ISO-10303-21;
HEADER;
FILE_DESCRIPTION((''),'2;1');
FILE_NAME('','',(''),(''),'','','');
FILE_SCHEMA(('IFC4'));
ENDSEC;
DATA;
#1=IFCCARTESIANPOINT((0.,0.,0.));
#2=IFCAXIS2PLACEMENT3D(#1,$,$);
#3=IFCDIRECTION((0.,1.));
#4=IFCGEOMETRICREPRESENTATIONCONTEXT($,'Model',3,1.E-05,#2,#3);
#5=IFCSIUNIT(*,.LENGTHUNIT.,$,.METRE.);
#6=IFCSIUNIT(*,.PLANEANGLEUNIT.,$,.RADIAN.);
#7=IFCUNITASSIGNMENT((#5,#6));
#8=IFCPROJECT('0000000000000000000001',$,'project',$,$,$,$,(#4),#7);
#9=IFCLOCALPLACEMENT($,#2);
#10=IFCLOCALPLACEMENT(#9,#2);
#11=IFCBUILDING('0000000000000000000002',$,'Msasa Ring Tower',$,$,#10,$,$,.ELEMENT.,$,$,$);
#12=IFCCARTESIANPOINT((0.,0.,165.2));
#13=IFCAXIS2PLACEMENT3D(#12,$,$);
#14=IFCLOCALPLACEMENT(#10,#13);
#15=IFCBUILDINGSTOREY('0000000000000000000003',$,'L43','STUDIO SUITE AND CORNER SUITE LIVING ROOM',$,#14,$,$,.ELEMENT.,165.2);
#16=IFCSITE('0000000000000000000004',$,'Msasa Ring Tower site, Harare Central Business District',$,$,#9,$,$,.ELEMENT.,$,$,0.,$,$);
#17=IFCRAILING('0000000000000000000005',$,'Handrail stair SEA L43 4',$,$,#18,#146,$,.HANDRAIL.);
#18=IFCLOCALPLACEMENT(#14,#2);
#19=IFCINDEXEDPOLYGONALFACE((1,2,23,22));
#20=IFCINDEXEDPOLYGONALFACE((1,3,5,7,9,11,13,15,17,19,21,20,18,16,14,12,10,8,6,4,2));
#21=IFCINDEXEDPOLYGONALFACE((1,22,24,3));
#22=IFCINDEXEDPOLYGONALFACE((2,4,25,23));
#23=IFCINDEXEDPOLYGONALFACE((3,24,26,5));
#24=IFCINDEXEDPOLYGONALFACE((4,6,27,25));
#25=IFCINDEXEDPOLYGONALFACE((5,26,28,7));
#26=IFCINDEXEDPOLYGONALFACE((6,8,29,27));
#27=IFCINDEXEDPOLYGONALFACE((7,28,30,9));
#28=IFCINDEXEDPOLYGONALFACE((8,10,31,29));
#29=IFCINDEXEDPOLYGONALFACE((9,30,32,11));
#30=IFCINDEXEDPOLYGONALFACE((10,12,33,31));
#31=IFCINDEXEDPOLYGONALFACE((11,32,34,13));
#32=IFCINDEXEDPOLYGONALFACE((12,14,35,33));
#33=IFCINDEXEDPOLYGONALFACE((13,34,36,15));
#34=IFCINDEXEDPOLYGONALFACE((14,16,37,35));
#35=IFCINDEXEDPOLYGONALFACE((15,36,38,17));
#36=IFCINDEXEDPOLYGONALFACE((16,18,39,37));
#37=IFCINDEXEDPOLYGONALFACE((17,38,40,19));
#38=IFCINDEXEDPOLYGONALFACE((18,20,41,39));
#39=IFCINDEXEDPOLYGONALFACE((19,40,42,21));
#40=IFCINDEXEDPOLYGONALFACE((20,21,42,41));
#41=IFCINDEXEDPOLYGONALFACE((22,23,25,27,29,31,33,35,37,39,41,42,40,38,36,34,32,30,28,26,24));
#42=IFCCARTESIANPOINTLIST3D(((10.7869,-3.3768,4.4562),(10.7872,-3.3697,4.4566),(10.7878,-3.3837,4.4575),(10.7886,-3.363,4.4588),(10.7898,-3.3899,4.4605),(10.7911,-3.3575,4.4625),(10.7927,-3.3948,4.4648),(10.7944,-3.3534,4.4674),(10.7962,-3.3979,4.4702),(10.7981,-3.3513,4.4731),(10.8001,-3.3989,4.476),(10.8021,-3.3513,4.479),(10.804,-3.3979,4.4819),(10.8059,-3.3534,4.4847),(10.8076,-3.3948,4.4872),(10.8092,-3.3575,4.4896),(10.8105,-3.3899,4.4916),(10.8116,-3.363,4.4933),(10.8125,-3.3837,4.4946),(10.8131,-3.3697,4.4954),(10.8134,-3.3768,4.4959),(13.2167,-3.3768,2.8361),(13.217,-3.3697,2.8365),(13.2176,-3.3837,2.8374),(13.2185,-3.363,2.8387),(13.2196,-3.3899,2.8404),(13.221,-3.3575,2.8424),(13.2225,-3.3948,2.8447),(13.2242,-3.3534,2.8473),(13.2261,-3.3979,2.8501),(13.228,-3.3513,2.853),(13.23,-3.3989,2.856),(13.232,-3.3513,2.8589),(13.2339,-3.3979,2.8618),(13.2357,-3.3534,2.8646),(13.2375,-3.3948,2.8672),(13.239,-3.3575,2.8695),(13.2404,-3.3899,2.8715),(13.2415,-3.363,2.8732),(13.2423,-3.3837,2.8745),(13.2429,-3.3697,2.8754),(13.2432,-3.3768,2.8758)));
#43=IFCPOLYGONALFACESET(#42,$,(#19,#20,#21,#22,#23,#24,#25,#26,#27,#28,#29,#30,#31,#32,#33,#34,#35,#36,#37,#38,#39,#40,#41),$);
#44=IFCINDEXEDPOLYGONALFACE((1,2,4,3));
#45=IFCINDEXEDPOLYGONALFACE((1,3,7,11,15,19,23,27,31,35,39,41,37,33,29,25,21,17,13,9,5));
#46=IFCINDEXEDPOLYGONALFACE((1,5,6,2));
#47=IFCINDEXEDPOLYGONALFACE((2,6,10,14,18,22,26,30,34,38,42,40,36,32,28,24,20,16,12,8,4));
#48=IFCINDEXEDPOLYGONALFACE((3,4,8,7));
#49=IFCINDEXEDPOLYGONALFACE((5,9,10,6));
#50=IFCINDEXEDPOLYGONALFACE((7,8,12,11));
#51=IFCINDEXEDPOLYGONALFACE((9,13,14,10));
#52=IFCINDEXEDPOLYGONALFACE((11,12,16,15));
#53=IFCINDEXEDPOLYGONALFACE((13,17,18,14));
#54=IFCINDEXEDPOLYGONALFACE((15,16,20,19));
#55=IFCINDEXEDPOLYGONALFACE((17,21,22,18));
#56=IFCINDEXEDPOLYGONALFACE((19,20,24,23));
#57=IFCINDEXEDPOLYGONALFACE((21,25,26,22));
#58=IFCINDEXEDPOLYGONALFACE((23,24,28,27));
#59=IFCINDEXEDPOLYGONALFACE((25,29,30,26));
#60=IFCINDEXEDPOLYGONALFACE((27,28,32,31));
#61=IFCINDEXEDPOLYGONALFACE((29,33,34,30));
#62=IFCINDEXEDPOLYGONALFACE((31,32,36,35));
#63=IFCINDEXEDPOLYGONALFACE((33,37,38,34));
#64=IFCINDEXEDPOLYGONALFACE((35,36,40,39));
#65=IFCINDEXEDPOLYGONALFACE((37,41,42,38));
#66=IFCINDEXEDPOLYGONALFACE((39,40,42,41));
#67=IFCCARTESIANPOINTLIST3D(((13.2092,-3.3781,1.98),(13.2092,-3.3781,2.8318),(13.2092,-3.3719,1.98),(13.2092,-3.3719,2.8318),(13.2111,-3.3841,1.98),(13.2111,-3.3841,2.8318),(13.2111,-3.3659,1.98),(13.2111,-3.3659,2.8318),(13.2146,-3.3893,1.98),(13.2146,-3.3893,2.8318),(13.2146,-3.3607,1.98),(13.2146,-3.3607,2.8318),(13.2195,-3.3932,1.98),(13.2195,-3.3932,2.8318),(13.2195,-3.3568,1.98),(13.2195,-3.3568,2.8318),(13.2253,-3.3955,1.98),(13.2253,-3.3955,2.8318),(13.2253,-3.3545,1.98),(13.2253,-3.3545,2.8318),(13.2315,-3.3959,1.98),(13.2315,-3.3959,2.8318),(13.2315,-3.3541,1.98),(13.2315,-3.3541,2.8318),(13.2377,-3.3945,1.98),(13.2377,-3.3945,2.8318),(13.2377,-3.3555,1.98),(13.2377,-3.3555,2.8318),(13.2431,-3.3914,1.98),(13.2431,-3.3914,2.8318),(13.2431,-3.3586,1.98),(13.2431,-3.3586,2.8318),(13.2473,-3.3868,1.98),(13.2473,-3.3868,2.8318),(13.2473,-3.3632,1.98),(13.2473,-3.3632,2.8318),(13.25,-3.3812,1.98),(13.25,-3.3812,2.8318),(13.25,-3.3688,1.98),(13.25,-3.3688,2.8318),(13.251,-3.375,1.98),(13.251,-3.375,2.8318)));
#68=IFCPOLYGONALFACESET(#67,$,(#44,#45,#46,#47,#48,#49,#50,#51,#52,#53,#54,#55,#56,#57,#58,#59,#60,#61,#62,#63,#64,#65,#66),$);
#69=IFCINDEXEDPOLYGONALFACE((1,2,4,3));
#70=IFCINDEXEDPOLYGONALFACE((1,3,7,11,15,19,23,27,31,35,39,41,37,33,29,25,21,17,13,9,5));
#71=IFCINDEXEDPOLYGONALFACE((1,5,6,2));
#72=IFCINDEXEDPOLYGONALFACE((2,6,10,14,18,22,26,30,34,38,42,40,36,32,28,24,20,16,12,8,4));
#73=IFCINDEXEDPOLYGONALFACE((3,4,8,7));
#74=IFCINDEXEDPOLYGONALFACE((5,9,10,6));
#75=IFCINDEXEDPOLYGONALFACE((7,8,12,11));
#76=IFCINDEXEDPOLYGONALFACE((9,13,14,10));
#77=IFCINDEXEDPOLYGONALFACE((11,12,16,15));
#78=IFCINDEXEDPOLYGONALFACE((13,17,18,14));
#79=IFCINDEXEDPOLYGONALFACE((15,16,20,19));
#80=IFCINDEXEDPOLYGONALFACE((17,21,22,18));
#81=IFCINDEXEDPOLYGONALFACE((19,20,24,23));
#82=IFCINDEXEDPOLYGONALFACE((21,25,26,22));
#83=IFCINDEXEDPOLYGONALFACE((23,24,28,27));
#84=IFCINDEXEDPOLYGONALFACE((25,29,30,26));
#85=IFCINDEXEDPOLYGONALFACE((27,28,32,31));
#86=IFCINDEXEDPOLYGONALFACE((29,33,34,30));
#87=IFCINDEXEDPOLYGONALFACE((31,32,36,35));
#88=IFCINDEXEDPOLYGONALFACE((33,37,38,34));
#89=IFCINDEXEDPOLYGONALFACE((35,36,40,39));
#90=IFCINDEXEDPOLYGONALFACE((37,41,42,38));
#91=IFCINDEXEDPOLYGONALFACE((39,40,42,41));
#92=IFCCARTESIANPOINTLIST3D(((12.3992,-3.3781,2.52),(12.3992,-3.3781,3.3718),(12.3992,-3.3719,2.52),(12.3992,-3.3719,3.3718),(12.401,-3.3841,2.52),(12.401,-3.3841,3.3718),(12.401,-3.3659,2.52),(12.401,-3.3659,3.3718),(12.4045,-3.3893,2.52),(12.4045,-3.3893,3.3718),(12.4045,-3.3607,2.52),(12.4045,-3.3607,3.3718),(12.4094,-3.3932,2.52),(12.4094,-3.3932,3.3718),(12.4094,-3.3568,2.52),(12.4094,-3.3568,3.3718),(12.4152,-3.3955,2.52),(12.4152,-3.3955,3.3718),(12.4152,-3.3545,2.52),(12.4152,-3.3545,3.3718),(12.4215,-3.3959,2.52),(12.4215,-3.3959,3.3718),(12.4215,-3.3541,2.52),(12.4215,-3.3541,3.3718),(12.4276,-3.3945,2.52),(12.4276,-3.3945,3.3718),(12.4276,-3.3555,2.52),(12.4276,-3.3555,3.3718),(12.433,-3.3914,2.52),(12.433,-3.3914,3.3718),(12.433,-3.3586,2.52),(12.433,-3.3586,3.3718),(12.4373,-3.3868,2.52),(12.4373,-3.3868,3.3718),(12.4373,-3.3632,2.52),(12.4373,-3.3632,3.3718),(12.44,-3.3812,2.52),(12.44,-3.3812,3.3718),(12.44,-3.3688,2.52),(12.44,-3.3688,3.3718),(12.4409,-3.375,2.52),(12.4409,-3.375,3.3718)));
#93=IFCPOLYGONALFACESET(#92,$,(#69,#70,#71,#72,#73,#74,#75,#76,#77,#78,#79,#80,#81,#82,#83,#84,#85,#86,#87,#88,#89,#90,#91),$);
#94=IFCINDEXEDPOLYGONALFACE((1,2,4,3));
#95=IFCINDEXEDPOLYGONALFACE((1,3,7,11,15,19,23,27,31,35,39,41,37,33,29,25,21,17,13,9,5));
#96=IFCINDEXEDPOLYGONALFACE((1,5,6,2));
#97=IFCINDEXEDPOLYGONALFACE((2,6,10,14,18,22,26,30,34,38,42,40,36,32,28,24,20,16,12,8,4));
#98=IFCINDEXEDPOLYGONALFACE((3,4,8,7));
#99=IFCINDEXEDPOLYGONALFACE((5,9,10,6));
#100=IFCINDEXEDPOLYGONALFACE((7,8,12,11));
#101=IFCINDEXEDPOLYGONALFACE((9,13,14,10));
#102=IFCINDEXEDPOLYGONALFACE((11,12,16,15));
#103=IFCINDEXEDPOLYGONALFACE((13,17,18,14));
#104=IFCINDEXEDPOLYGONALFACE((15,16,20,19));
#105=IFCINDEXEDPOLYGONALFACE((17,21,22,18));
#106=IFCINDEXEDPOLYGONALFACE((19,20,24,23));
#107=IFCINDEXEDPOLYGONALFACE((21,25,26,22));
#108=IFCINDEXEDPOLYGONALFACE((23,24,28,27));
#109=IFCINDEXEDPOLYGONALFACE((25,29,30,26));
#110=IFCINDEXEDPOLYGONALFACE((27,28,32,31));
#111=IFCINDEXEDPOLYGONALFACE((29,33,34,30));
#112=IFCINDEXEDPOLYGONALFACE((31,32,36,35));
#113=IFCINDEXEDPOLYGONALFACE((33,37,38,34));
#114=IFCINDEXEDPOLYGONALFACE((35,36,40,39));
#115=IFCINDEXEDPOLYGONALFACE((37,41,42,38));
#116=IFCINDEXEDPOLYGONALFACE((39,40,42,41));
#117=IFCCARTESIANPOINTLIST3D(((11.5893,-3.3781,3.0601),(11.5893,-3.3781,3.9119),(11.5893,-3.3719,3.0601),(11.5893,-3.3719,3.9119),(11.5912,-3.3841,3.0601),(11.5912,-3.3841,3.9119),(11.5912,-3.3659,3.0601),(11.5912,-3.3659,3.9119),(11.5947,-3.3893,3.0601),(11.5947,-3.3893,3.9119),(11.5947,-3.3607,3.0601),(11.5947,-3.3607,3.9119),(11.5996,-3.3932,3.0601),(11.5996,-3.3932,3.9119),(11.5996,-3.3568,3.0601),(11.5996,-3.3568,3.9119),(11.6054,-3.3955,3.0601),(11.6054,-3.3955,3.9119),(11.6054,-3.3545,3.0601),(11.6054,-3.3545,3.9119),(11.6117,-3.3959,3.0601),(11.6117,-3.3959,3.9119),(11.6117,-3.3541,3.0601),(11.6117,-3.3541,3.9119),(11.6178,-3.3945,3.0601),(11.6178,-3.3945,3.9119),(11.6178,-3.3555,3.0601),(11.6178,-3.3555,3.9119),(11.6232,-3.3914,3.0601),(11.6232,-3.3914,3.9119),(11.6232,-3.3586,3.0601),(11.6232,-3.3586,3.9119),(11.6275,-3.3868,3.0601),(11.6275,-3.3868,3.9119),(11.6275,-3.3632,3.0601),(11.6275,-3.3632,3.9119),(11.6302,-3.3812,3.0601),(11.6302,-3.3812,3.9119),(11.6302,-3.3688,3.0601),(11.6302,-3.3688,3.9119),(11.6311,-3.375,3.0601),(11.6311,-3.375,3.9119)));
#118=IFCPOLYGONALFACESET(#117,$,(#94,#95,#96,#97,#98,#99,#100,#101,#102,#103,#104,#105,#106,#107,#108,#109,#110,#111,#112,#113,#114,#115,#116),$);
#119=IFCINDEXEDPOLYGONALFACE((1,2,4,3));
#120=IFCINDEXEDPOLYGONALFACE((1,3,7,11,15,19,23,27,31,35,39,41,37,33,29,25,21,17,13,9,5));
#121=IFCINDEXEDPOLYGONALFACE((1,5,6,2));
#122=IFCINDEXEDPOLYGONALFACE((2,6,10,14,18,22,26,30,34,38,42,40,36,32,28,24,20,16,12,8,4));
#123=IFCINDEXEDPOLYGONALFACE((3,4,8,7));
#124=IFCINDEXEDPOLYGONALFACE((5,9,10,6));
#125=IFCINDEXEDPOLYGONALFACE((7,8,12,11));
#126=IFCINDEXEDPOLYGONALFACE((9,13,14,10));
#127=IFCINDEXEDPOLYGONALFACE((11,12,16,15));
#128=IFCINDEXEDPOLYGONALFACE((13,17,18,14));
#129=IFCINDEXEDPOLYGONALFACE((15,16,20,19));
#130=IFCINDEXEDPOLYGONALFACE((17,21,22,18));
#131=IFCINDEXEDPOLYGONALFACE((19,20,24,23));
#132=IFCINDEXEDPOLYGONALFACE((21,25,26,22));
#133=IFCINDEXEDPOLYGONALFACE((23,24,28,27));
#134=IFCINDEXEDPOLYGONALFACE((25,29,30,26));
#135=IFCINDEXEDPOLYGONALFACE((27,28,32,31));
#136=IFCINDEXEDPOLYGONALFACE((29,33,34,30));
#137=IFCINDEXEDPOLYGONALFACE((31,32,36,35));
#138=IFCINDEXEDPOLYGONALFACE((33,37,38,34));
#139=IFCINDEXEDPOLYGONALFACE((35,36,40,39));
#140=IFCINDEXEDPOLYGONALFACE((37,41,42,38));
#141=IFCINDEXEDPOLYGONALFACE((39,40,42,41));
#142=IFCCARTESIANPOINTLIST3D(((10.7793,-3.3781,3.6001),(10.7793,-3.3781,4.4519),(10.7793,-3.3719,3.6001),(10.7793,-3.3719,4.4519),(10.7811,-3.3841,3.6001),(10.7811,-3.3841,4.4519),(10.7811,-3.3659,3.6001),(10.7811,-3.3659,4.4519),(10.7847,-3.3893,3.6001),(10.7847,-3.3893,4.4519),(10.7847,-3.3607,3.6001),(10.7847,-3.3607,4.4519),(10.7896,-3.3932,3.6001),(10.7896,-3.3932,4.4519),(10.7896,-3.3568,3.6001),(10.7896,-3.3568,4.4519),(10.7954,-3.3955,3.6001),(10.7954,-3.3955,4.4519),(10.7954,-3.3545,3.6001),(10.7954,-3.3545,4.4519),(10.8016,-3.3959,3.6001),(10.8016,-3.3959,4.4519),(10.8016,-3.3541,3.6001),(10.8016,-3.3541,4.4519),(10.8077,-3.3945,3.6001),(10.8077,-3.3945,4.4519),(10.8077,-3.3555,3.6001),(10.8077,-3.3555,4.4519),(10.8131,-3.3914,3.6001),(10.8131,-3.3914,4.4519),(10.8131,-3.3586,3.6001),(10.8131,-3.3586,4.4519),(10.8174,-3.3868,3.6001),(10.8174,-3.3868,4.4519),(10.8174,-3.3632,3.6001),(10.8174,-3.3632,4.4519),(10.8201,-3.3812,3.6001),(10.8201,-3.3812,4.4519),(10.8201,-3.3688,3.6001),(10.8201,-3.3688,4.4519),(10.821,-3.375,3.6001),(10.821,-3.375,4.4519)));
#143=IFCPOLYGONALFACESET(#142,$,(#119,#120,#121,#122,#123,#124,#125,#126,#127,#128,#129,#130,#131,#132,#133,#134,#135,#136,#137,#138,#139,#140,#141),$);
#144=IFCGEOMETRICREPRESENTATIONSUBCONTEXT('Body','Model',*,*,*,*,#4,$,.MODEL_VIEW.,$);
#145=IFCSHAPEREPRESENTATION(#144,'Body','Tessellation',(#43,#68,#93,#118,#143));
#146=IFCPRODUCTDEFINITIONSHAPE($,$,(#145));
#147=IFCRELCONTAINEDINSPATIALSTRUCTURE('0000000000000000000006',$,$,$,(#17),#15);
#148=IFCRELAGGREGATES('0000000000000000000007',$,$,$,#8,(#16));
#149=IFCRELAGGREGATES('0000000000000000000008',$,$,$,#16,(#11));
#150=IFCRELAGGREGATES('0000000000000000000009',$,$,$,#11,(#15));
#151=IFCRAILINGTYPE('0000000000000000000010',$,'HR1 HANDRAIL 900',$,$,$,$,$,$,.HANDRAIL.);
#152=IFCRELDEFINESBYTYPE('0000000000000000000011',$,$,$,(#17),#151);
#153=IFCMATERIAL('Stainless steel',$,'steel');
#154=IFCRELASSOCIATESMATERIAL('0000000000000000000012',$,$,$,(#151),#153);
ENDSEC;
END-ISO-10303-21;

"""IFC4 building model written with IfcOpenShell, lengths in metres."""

from ifc_helpers import new_model, si_unit, direction, frame, origin, origin_2d, place, context, subcontext, project, spatial, circle, extrude, material, type_object, element, save


model = new_model("IFC4")

# Units and contexts
model_context = context("Model", 3, precision=1e-05, world=origin(), true_north=direction((0.0, 1.0)))
body_context = subcontext(model_context, "Body", "Model", "MODEL_VIEW")
ifc_project = project(units=[si_unit("LENGTHUNIT", "METRE"), si_unit("PLANEANGLEUNIT", "RADIAN")], contexts=[model_context])

# Site, building, storey
site_placement = place(None, origin())
site = spatial("IfcSite", under=ifc_project, at=site_placement, Name="Msasa Ring Tower site, Harare Central Business District", CompositionType="ELEMENT", RefElevation=0.0)
building_placement = place(site_placement, origin())
building = spatial("IfcBuilding", under=site, at=building_placement, Name="Msasa Ring Tower", CompositionType="ELEMENT")
storey_placement = place(building_placement, frame((0.0, 0.0, 165.2)))
storey = spatial("IfcBuildingStorey", under=building, at=storey_placement, Name="L43", Description="STUDIO SUITE AND CORNER SUITE LIVING ROOM", CompositionType="ELEMENT", Elevation=165.2)

# Railing
ifc_material_1 = material(Name="Stainless steel", Category="steel")
railing_type = type_object("IfcRailingType", Name="HR1 HANDRAIL 900", PredefinedType="HANDRAIL", material=ifc_material_1)
for number, where, name in (
    (1, (13.23, -3.375, 1.98), "Handrail stair SEA L43 4"),
):
    element("IfcRailing", number, at=place(storey_placement, frame(where)), inside=storey, type_object=railing_type, Name=name, PredefinedType="HANDRAIL", context=body_context, shape_type="SweptSolid", body=[
        extrude(circle(Radius=0.0239, at=origin_2d()), frame((0.0, 0.0, 0.876), z_axis=(-0.832025, 0.0, 0.554739), x_axis=(0.0, -1.0, 0.0)), (0.0, 0.0, 1.0), 2.9204),
        extrude(circle(Radius=0.021, at=origin_2d()), origin(), (0.0, 0.0, 1.0), 0.8518),
        extrude(circle(Radius=0.021, at=origin_2d()), frame((-0.8101, 0.0, 0.54)), (0.0, 0.0, 1.0), 0.8518),
        extrude(circle(Radius=0.021, at=origin_2d()), frame((-1.6199, 0.0, 1.0801)), (0.0, 0.0, 1.0), 0.8518),
        extrude(circle(Radius=0.021, at=origin_2d()), frame((-2.4299, 0.0, 1.6201)), (0.0, 0.0, 1.0), 0.8518),
    ])

save(model, "model.ifc")
